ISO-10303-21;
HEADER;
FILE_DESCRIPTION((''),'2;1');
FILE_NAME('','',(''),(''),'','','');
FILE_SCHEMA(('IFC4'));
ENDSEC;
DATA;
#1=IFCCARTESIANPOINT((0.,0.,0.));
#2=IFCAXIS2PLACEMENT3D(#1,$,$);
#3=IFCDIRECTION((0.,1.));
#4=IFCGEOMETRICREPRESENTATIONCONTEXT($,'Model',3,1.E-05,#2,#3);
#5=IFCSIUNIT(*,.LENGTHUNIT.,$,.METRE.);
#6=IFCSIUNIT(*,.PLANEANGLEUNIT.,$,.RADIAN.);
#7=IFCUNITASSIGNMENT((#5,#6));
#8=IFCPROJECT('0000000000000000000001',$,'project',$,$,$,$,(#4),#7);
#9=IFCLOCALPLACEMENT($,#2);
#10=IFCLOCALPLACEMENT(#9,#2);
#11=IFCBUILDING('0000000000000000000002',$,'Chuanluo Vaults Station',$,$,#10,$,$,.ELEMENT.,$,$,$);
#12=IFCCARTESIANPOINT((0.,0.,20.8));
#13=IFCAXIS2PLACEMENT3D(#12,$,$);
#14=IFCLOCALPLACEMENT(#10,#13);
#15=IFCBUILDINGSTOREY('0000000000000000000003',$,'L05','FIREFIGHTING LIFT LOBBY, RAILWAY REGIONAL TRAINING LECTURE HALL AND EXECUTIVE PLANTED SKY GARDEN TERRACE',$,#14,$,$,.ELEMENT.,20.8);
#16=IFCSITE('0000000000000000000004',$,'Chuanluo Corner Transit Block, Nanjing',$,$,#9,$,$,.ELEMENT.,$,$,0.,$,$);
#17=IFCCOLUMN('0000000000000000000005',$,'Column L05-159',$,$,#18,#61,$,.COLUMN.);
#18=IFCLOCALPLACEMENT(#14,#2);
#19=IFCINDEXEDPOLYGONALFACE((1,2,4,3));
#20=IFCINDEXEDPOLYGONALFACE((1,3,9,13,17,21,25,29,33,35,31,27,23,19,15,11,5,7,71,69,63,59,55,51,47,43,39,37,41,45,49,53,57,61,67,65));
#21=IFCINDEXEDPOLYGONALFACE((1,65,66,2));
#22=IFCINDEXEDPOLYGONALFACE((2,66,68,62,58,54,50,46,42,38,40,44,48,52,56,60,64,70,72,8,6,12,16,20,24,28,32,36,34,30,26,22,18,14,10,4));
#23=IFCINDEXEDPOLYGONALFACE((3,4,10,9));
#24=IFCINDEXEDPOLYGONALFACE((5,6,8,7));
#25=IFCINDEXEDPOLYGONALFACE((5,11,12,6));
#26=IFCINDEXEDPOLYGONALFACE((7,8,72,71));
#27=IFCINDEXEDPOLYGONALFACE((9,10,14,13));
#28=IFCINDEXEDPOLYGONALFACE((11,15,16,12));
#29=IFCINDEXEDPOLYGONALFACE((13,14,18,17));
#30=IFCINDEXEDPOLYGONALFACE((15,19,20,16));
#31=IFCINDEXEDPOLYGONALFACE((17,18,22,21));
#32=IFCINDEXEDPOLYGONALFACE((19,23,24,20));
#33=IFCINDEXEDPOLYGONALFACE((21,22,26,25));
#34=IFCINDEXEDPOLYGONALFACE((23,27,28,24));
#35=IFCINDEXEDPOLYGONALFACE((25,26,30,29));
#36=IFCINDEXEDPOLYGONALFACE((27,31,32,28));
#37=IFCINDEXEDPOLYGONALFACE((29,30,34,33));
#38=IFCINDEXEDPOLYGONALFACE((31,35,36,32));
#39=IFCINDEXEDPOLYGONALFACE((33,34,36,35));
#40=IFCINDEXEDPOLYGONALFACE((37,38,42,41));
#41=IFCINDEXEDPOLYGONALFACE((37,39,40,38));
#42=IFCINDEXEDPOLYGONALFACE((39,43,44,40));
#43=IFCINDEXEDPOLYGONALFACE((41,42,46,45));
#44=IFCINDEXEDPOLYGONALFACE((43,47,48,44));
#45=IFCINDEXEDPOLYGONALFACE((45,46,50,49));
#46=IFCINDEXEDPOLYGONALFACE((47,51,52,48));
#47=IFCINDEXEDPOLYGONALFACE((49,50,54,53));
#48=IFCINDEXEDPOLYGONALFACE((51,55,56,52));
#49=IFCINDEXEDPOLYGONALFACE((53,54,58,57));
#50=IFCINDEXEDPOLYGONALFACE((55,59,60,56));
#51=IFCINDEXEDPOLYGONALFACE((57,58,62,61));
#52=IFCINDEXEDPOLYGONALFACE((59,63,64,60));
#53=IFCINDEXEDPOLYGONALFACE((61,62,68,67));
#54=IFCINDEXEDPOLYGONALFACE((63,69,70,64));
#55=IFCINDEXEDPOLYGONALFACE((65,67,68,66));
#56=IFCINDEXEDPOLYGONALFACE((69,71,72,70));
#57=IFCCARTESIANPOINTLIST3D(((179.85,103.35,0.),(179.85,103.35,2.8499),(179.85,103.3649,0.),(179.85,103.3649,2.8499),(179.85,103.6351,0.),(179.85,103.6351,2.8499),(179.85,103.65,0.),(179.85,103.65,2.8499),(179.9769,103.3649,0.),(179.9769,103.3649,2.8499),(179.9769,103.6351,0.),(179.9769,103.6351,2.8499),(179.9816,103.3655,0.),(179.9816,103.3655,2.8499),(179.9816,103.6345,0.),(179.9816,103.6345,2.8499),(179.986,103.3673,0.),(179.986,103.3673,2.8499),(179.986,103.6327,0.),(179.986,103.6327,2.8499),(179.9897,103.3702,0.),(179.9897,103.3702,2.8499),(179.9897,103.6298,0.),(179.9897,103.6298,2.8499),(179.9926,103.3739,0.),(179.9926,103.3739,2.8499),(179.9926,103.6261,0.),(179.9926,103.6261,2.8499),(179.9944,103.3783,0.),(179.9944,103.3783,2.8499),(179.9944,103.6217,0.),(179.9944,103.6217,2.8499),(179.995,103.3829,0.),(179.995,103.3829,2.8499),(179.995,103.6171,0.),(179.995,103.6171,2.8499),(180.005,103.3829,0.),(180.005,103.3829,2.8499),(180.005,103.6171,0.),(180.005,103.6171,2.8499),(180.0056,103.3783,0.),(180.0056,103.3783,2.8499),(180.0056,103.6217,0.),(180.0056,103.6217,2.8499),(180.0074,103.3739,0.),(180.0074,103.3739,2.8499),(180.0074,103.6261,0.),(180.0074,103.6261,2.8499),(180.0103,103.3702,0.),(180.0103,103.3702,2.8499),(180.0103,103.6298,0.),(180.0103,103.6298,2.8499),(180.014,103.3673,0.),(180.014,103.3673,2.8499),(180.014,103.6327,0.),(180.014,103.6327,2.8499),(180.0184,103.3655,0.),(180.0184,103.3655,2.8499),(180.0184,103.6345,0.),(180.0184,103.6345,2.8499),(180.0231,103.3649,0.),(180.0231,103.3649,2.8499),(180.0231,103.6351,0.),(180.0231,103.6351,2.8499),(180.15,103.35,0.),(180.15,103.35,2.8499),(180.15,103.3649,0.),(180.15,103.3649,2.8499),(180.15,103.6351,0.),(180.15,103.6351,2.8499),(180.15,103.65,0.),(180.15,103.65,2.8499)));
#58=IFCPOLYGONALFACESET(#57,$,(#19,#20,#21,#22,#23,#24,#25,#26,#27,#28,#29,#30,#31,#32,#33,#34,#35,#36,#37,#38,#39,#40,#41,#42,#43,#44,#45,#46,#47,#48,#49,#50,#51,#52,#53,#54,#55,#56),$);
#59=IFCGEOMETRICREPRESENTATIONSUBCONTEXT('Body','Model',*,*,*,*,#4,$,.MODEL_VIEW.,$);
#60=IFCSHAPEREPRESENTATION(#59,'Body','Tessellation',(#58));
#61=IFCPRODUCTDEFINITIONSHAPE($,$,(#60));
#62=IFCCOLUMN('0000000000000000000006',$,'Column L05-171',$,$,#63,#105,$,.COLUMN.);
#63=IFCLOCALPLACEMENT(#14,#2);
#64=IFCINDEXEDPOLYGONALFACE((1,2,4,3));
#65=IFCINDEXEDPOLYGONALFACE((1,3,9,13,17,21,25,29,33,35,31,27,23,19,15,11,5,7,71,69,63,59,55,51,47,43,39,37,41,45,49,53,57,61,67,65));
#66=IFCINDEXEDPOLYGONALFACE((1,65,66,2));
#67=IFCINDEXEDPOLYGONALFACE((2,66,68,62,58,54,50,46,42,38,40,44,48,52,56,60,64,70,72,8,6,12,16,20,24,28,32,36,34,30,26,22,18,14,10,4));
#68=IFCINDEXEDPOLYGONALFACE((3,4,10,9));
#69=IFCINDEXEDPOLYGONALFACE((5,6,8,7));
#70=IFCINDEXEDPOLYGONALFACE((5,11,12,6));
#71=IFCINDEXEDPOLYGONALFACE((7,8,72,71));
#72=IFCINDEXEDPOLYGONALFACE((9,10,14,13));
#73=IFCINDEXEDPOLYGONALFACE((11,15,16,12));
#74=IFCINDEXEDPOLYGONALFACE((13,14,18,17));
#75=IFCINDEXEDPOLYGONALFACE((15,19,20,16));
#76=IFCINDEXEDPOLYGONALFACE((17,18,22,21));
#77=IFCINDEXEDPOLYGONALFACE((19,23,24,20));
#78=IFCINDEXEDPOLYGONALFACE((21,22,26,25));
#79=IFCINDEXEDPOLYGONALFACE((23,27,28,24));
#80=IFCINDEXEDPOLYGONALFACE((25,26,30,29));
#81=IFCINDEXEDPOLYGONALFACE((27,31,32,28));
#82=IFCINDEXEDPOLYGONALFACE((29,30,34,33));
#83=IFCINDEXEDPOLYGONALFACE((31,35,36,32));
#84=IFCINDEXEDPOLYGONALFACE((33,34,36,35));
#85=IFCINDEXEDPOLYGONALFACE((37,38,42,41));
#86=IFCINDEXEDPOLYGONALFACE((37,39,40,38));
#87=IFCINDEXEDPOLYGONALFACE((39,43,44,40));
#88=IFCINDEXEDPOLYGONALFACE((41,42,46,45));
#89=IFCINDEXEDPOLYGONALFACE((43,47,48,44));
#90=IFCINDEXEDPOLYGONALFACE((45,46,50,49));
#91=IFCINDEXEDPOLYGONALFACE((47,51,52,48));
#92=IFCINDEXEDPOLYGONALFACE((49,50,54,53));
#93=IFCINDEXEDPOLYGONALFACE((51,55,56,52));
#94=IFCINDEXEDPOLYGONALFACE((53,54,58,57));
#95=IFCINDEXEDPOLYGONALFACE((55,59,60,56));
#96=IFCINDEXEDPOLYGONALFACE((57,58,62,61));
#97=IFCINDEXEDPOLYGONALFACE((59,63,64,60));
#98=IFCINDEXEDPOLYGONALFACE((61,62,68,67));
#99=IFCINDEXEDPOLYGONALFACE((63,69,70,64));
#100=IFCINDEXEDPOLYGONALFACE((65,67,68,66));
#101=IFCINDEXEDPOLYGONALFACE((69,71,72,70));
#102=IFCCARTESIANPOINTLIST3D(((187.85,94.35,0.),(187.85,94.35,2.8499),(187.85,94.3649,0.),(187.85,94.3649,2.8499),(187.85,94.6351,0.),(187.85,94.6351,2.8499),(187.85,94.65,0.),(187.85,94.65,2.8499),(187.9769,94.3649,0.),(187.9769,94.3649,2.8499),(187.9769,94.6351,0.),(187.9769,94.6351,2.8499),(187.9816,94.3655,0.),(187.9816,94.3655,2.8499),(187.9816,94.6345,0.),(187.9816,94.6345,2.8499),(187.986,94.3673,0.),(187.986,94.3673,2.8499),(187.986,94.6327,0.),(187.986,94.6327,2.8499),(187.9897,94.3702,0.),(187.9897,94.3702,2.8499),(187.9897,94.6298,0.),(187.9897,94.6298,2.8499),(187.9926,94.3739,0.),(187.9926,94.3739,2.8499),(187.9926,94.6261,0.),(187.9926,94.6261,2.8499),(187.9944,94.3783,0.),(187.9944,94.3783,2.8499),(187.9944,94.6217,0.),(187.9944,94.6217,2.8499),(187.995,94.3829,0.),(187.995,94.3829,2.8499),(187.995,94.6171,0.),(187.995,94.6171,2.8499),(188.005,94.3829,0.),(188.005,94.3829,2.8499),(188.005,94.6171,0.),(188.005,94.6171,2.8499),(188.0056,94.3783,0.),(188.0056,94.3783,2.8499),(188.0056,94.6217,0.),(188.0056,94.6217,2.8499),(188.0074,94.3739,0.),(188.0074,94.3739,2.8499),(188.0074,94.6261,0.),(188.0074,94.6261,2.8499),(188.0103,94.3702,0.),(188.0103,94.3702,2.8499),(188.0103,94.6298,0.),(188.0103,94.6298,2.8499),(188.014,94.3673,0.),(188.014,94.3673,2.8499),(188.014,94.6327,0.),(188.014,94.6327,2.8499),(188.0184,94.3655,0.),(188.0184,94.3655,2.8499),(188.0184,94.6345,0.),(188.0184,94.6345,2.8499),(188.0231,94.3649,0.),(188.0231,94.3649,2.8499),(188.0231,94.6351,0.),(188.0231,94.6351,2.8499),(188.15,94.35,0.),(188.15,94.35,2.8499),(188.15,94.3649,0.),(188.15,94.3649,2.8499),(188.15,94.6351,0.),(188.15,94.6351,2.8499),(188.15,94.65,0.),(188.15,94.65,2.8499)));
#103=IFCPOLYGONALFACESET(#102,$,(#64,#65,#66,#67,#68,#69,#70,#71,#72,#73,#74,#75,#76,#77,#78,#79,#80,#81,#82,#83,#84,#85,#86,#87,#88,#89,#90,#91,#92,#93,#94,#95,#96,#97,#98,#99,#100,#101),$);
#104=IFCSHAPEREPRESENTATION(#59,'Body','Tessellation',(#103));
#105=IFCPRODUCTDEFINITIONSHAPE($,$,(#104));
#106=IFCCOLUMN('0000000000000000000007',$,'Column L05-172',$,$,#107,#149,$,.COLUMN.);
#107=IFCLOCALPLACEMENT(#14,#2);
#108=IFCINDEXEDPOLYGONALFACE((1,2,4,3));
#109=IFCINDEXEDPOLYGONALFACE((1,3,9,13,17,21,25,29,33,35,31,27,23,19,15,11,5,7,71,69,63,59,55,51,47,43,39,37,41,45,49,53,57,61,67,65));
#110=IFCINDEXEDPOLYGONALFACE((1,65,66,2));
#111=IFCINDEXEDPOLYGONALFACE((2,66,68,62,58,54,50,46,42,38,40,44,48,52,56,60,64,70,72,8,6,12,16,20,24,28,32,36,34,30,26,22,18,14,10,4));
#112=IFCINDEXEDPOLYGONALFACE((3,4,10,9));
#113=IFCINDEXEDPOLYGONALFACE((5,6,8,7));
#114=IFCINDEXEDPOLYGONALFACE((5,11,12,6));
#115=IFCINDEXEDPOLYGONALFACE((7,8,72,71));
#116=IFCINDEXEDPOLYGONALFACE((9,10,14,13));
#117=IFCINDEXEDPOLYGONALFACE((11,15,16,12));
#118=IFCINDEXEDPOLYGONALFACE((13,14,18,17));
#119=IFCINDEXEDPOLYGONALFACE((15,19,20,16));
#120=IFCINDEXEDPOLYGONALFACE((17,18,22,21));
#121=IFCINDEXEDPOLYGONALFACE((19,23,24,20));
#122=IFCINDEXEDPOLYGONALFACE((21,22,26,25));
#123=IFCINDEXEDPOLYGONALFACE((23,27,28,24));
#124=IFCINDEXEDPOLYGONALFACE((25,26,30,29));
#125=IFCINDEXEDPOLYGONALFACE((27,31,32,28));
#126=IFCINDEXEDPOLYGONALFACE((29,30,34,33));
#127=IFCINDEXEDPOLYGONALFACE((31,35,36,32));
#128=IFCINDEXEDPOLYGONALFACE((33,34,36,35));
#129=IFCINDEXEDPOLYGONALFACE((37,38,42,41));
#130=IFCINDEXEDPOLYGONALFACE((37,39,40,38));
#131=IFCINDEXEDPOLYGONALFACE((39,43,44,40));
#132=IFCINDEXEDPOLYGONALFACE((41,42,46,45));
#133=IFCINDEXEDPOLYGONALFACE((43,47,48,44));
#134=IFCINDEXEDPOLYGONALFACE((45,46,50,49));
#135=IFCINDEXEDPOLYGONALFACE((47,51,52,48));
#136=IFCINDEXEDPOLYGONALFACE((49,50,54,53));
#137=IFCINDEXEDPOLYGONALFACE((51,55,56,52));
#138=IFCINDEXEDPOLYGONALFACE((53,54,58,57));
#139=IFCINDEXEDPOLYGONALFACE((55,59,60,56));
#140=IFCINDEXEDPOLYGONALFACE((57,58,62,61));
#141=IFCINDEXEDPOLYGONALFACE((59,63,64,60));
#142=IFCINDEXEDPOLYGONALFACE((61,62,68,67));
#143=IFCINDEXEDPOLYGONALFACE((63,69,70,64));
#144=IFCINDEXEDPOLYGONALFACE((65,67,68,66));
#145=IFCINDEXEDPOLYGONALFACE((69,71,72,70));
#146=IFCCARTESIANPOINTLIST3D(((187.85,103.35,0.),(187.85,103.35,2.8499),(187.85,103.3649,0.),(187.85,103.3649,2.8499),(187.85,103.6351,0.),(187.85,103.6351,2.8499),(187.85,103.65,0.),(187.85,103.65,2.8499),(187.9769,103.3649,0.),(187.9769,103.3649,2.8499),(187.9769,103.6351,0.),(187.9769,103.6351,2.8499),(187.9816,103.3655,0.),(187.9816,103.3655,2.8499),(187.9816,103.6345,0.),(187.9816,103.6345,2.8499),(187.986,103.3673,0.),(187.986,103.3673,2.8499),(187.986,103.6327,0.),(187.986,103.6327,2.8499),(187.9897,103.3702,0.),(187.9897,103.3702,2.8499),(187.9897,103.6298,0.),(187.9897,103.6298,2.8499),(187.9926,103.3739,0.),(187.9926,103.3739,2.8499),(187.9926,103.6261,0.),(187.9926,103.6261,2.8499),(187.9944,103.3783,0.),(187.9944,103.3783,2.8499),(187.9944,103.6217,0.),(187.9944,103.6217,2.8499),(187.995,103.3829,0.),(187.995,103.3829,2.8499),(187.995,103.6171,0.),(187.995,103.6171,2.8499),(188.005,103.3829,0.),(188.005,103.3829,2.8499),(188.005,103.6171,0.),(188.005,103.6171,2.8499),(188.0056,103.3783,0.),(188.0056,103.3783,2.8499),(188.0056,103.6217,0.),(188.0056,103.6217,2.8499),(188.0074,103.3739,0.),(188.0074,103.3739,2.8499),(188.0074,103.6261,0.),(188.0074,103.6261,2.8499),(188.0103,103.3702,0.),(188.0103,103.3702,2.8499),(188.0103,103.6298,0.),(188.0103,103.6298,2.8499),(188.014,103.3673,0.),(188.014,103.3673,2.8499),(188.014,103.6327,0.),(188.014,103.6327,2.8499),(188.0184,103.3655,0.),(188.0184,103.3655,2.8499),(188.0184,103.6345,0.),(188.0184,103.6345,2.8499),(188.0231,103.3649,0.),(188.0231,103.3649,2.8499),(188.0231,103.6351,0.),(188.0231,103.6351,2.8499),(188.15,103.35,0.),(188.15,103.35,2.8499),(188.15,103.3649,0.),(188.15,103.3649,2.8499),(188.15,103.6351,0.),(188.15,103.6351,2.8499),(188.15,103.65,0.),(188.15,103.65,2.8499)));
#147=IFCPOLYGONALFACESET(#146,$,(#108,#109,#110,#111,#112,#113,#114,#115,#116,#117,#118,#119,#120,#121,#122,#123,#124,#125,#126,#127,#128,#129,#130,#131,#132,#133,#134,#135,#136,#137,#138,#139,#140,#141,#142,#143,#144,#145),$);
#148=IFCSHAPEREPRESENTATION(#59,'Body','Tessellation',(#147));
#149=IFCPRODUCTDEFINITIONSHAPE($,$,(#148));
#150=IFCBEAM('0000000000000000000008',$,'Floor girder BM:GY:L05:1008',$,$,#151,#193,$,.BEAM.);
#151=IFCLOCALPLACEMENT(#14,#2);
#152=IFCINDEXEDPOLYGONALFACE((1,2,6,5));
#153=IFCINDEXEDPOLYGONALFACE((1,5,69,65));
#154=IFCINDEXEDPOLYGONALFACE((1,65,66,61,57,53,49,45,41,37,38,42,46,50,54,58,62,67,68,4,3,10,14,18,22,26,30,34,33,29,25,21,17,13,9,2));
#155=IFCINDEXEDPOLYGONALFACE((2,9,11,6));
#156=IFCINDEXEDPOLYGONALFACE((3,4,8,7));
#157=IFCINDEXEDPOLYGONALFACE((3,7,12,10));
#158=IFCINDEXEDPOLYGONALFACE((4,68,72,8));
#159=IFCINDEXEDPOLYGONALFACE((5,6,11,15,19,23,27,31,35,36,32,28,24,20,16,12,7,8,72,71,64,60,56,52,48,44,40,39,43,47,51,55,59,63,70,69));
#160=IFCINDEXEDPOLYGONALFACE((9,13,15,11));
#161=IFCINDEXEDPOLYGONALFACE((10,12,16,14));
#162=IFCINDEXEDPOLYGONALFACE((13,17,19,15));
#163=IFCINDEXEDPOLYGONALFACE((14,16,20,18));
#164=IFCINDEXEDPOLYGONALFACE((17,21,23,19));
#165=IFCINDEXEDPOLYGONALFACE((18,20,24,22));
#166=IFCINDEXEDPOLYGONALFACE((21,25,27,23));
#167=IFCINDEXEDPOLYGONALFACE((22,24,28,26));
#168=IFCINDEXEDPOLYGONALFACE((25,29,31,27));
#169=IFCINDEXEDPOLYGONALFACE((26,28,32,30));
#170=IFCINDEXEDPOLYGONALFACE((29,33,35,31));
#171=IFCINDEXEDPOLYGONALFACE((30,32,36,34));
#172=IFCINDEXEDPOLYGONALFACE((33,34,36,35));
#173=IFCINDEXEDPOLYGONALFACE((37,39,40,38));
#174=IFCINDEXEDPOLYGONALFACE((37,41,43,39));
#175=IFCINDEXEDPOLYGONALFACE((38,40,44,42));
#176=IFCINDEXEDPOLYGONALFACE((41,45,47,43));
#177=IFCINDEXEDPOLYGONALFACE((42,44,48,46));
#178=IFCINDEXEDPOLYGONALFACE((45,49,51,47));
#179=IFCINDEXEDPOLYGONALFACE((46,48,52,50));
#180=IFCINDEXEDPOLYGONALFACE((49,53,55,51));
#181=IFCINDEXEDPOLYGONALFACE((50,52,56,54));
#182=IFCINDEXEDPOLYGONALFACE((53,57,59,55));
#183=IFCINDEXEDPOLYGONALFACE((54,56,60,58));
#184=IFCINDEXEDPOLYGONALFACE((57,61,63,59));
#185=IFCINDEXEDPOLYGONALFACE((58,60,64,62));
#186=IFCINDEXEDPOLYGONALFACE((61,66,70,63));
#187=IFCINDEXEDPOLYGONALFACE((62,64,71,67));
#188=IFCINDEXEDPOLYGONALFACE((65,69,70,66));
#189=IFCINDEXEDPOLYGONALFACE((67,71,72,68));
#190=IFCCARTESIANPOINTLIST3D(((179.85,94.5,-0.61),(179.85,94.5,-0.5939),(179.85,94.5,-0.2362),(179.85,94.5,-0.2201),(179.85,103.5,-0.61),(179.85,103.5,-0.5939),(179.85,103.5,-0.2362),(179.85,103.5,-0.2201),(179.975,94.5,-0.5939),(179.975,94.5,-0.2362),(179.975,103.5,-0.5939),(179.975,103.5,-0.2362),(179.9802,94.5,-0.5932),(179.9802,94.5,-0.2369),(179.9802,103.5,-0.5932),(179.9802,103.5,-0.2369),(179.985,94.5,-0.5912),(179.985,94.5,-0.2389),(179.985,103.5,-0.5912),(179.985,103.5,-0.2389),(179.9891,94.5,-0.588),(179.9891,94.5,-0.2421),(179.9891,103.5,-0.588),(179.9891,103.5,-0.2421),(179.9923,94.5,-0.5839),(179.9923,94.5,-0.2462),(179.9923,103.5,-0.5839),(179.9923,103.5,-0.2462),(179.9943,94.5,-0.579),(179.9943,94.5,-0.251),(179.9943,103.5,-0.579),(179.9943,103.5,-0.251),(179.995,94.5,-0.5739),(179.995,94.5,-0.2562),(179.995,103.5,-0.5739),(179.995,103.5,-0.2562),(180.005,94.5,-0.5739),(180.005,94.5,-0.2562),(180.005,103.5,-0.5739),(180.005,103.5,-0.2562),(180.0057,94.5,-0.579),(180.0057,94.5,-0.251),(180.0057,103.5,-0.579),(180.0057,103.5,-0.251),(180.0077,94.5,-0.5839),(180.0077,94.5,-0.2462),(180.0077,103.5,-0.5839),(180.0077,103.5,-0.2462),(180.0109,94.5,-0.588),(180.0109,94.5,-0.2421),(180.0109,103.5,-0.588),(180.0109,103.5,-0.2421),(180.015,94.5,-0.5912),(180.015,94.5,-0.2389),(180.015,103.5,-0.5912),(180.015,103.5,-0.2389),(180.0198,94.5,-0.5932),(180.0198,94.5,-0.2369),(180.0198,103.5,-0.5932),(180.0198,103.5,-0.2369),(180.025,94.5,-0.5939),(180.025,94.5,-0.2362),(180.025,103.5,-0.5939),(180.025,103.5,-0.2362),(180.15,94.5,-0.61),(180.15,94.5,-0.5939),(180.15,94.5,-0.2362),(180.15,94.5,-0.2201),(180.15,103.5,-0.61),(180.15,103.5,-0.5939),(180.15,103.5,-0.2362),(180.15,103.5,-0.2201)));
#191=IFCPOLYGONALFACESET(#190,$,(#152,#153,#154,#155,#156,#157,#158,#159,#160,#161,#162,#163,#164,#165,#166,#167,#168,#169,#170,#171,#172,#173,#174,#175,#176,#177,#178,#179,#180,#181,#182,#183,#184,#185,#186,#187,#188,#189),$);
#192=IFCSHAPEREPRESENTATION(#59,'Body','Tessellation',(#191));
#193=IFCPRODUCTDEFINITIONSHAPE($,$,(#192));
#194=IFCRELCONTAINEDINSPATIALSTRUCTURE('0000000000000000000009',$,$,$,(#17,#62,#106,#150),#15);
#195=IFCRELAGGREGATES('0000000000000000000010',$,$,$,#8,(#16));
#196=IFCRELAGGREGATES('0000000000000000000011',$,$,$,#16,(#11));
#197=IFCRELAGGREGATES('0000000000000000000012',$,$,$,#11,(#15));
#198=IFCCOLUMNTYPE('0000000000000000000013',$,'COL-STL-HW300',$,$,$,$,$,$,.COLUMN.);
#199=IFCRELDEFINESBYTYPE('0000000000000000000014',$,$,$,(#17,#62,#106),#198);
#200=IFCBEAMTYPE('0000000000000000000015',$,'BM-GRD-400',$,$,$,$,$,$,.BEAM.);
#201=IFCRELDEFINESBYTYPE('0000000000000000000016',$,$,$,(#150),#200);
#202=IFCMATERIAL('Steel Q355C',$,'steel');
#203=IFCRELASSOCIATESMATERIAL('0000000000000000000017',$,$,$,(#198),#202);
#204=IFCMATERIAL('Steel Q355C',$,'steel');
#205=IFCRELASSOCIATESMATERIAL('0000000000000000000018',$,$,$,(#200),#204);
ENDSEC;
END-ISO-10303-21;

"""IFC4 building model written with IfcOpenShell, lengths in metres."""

from ifc_helpers import new_model, si_unit, direction, frame, origin, origin_2d, place, context, subcontext, project, spatial, i_section, extrude, material, material_profile, profile_set, type_object, element, save


model = new_model("IFC4")

# Units and contexts
model_context = context("Model", 3, precision=1e-05, world=origin(), true_north=direction((0.0, 1.0)))
body_context = subcontext(model_context, "Body", "Model", "MODEL_VIEW")
ifc_project = project(units=[si_unit("LENGTHUNIT", "METRE"), si_unit("PLANEANGLEUNIT", "RADIAN")], contexts=[model_context])

# Site, building, storey
site_placement = place(None, origin())
site = spatial("IfcSite", under=ifc_project, at=site_placement, Name="Chuanluo Corner Transit Block, Nanjing", CompositionType="ELEMENT", RefElevation=0.0)
building_placement = place(site_placement, origin())
building = spatial("IfcBuilding", under=site, at=building_placement, Name="Chuanluo Vaults Station", CompositionType="ELEMENT")
storey_placement = place(building_placement, frame((0.0, 0.0, 20.8)))
storey = spatial("IfcBuildingStorey", under=building, at=storey_placement, Name="L05", Description="FIREFIGHTING LIFT LOBBY, RAILWAY REGIONAL TRAINING LECTURE HALL AND EXECUTIVE PLANTED SKY GARDEN TERRACE", CompositionType="ELEMENT", Elevation=20.8)

# Columns
ifc_material_1 = material(Name="Steel Q355C", Category="steel")
ifc_material_profile_1 = material_profile(ifc_material_1, i_section(OverallWidth=0.3, OverallDepth=0.3, WebThickness=0.01, FlangeThickness=0.0149, FilletRadius=0.0181, at=origin_2d()))
ifc_profile_set_1 = profile_set([ifc_material_profile_1], Name="Steel Q355C")
column_type = type_object("IfcColumnType", Name="COL-STL-HW300", PredefinedType="COLUMN", material=ifc_profile_set_1)
for number, where, z_axis, x_axis, name in (
    (1, (180.0, 103.5, 0.0), (0.0, 0.0, 1.0), (1.0, 0.0, 0.0), "Column L05-159"),
    (2, (188.0, 94.5, 0.0), (0.0, 0.0, 1.0), (1.0, 0.0, 0.0), "Column L05-171"),
    (3, (188.0, 103.5, 0.0), (0.0, 0.0, 1.0), (1.0, 0.0, 0.0), "Column L05-172"),
):
    element("IfcColumn", number, at=place(storey_placement, frame(where, z_axis=z_axis, x_axis=x_axis)), inside=storey, type_object=column_type, Name=name, PredefinedType="COLUMN", context=body_context, shape_type="SweptSolid", body=[
        extrude(i_section(OverallWidth=0.3, OverallDepth=0.3, WebThickness=0.01, FlangeThickness=0.0149, FilletRadius=0.0181, at=origin_2d()), origin(), (0.0, 0.0, 1.0), 2.8499),
    ])

# Beam
ifc_material_2 = material(Name="Steel Q355C", Category="steel")
ifc_material_profile_2 = material_profile(ifc_material_2, i_section(OverallWidth=0.3, OverallDepth=0.3899, WebThickness=0.01, FlangeThickness=0.0161, FilletRadius=0.02, at=origin_2d()))
ifc_profile_set_2 = profile_set([ifc_material_profile_2], Name="Steel Q355C")
beam_type_1 = type_object("IfcBeamType", Name="BM-GRD-400", PredefinedType="BEAM", material=ifc_profile_set_2)
beam_1_placement = place(storey_placement, frame((180.0, 94.5, -0.415), z_axis=(0.0, 1.0, 0.0), x_axis=(-1.0, 0.0, 0.0)))
element("IfcBeam", 4, at=beam_1_placement, inside=storey, type_object=beam_type_1, Name="Floor girder BM:GY:L05:1008", PredefinedType="BEAM", context=body_context, shape_type="SweptSolid", body=[
    extrude(i_section(OverallWidth=0.3, OverallDepth=0.3899, WebThickness=0.01, FlangeThickness=0.0161, FilletRadius=0.02, at=origin_2d()), origin(), (0.0, 0.0, 1.0), 9.0),
])

save(model, "model.ifc")
